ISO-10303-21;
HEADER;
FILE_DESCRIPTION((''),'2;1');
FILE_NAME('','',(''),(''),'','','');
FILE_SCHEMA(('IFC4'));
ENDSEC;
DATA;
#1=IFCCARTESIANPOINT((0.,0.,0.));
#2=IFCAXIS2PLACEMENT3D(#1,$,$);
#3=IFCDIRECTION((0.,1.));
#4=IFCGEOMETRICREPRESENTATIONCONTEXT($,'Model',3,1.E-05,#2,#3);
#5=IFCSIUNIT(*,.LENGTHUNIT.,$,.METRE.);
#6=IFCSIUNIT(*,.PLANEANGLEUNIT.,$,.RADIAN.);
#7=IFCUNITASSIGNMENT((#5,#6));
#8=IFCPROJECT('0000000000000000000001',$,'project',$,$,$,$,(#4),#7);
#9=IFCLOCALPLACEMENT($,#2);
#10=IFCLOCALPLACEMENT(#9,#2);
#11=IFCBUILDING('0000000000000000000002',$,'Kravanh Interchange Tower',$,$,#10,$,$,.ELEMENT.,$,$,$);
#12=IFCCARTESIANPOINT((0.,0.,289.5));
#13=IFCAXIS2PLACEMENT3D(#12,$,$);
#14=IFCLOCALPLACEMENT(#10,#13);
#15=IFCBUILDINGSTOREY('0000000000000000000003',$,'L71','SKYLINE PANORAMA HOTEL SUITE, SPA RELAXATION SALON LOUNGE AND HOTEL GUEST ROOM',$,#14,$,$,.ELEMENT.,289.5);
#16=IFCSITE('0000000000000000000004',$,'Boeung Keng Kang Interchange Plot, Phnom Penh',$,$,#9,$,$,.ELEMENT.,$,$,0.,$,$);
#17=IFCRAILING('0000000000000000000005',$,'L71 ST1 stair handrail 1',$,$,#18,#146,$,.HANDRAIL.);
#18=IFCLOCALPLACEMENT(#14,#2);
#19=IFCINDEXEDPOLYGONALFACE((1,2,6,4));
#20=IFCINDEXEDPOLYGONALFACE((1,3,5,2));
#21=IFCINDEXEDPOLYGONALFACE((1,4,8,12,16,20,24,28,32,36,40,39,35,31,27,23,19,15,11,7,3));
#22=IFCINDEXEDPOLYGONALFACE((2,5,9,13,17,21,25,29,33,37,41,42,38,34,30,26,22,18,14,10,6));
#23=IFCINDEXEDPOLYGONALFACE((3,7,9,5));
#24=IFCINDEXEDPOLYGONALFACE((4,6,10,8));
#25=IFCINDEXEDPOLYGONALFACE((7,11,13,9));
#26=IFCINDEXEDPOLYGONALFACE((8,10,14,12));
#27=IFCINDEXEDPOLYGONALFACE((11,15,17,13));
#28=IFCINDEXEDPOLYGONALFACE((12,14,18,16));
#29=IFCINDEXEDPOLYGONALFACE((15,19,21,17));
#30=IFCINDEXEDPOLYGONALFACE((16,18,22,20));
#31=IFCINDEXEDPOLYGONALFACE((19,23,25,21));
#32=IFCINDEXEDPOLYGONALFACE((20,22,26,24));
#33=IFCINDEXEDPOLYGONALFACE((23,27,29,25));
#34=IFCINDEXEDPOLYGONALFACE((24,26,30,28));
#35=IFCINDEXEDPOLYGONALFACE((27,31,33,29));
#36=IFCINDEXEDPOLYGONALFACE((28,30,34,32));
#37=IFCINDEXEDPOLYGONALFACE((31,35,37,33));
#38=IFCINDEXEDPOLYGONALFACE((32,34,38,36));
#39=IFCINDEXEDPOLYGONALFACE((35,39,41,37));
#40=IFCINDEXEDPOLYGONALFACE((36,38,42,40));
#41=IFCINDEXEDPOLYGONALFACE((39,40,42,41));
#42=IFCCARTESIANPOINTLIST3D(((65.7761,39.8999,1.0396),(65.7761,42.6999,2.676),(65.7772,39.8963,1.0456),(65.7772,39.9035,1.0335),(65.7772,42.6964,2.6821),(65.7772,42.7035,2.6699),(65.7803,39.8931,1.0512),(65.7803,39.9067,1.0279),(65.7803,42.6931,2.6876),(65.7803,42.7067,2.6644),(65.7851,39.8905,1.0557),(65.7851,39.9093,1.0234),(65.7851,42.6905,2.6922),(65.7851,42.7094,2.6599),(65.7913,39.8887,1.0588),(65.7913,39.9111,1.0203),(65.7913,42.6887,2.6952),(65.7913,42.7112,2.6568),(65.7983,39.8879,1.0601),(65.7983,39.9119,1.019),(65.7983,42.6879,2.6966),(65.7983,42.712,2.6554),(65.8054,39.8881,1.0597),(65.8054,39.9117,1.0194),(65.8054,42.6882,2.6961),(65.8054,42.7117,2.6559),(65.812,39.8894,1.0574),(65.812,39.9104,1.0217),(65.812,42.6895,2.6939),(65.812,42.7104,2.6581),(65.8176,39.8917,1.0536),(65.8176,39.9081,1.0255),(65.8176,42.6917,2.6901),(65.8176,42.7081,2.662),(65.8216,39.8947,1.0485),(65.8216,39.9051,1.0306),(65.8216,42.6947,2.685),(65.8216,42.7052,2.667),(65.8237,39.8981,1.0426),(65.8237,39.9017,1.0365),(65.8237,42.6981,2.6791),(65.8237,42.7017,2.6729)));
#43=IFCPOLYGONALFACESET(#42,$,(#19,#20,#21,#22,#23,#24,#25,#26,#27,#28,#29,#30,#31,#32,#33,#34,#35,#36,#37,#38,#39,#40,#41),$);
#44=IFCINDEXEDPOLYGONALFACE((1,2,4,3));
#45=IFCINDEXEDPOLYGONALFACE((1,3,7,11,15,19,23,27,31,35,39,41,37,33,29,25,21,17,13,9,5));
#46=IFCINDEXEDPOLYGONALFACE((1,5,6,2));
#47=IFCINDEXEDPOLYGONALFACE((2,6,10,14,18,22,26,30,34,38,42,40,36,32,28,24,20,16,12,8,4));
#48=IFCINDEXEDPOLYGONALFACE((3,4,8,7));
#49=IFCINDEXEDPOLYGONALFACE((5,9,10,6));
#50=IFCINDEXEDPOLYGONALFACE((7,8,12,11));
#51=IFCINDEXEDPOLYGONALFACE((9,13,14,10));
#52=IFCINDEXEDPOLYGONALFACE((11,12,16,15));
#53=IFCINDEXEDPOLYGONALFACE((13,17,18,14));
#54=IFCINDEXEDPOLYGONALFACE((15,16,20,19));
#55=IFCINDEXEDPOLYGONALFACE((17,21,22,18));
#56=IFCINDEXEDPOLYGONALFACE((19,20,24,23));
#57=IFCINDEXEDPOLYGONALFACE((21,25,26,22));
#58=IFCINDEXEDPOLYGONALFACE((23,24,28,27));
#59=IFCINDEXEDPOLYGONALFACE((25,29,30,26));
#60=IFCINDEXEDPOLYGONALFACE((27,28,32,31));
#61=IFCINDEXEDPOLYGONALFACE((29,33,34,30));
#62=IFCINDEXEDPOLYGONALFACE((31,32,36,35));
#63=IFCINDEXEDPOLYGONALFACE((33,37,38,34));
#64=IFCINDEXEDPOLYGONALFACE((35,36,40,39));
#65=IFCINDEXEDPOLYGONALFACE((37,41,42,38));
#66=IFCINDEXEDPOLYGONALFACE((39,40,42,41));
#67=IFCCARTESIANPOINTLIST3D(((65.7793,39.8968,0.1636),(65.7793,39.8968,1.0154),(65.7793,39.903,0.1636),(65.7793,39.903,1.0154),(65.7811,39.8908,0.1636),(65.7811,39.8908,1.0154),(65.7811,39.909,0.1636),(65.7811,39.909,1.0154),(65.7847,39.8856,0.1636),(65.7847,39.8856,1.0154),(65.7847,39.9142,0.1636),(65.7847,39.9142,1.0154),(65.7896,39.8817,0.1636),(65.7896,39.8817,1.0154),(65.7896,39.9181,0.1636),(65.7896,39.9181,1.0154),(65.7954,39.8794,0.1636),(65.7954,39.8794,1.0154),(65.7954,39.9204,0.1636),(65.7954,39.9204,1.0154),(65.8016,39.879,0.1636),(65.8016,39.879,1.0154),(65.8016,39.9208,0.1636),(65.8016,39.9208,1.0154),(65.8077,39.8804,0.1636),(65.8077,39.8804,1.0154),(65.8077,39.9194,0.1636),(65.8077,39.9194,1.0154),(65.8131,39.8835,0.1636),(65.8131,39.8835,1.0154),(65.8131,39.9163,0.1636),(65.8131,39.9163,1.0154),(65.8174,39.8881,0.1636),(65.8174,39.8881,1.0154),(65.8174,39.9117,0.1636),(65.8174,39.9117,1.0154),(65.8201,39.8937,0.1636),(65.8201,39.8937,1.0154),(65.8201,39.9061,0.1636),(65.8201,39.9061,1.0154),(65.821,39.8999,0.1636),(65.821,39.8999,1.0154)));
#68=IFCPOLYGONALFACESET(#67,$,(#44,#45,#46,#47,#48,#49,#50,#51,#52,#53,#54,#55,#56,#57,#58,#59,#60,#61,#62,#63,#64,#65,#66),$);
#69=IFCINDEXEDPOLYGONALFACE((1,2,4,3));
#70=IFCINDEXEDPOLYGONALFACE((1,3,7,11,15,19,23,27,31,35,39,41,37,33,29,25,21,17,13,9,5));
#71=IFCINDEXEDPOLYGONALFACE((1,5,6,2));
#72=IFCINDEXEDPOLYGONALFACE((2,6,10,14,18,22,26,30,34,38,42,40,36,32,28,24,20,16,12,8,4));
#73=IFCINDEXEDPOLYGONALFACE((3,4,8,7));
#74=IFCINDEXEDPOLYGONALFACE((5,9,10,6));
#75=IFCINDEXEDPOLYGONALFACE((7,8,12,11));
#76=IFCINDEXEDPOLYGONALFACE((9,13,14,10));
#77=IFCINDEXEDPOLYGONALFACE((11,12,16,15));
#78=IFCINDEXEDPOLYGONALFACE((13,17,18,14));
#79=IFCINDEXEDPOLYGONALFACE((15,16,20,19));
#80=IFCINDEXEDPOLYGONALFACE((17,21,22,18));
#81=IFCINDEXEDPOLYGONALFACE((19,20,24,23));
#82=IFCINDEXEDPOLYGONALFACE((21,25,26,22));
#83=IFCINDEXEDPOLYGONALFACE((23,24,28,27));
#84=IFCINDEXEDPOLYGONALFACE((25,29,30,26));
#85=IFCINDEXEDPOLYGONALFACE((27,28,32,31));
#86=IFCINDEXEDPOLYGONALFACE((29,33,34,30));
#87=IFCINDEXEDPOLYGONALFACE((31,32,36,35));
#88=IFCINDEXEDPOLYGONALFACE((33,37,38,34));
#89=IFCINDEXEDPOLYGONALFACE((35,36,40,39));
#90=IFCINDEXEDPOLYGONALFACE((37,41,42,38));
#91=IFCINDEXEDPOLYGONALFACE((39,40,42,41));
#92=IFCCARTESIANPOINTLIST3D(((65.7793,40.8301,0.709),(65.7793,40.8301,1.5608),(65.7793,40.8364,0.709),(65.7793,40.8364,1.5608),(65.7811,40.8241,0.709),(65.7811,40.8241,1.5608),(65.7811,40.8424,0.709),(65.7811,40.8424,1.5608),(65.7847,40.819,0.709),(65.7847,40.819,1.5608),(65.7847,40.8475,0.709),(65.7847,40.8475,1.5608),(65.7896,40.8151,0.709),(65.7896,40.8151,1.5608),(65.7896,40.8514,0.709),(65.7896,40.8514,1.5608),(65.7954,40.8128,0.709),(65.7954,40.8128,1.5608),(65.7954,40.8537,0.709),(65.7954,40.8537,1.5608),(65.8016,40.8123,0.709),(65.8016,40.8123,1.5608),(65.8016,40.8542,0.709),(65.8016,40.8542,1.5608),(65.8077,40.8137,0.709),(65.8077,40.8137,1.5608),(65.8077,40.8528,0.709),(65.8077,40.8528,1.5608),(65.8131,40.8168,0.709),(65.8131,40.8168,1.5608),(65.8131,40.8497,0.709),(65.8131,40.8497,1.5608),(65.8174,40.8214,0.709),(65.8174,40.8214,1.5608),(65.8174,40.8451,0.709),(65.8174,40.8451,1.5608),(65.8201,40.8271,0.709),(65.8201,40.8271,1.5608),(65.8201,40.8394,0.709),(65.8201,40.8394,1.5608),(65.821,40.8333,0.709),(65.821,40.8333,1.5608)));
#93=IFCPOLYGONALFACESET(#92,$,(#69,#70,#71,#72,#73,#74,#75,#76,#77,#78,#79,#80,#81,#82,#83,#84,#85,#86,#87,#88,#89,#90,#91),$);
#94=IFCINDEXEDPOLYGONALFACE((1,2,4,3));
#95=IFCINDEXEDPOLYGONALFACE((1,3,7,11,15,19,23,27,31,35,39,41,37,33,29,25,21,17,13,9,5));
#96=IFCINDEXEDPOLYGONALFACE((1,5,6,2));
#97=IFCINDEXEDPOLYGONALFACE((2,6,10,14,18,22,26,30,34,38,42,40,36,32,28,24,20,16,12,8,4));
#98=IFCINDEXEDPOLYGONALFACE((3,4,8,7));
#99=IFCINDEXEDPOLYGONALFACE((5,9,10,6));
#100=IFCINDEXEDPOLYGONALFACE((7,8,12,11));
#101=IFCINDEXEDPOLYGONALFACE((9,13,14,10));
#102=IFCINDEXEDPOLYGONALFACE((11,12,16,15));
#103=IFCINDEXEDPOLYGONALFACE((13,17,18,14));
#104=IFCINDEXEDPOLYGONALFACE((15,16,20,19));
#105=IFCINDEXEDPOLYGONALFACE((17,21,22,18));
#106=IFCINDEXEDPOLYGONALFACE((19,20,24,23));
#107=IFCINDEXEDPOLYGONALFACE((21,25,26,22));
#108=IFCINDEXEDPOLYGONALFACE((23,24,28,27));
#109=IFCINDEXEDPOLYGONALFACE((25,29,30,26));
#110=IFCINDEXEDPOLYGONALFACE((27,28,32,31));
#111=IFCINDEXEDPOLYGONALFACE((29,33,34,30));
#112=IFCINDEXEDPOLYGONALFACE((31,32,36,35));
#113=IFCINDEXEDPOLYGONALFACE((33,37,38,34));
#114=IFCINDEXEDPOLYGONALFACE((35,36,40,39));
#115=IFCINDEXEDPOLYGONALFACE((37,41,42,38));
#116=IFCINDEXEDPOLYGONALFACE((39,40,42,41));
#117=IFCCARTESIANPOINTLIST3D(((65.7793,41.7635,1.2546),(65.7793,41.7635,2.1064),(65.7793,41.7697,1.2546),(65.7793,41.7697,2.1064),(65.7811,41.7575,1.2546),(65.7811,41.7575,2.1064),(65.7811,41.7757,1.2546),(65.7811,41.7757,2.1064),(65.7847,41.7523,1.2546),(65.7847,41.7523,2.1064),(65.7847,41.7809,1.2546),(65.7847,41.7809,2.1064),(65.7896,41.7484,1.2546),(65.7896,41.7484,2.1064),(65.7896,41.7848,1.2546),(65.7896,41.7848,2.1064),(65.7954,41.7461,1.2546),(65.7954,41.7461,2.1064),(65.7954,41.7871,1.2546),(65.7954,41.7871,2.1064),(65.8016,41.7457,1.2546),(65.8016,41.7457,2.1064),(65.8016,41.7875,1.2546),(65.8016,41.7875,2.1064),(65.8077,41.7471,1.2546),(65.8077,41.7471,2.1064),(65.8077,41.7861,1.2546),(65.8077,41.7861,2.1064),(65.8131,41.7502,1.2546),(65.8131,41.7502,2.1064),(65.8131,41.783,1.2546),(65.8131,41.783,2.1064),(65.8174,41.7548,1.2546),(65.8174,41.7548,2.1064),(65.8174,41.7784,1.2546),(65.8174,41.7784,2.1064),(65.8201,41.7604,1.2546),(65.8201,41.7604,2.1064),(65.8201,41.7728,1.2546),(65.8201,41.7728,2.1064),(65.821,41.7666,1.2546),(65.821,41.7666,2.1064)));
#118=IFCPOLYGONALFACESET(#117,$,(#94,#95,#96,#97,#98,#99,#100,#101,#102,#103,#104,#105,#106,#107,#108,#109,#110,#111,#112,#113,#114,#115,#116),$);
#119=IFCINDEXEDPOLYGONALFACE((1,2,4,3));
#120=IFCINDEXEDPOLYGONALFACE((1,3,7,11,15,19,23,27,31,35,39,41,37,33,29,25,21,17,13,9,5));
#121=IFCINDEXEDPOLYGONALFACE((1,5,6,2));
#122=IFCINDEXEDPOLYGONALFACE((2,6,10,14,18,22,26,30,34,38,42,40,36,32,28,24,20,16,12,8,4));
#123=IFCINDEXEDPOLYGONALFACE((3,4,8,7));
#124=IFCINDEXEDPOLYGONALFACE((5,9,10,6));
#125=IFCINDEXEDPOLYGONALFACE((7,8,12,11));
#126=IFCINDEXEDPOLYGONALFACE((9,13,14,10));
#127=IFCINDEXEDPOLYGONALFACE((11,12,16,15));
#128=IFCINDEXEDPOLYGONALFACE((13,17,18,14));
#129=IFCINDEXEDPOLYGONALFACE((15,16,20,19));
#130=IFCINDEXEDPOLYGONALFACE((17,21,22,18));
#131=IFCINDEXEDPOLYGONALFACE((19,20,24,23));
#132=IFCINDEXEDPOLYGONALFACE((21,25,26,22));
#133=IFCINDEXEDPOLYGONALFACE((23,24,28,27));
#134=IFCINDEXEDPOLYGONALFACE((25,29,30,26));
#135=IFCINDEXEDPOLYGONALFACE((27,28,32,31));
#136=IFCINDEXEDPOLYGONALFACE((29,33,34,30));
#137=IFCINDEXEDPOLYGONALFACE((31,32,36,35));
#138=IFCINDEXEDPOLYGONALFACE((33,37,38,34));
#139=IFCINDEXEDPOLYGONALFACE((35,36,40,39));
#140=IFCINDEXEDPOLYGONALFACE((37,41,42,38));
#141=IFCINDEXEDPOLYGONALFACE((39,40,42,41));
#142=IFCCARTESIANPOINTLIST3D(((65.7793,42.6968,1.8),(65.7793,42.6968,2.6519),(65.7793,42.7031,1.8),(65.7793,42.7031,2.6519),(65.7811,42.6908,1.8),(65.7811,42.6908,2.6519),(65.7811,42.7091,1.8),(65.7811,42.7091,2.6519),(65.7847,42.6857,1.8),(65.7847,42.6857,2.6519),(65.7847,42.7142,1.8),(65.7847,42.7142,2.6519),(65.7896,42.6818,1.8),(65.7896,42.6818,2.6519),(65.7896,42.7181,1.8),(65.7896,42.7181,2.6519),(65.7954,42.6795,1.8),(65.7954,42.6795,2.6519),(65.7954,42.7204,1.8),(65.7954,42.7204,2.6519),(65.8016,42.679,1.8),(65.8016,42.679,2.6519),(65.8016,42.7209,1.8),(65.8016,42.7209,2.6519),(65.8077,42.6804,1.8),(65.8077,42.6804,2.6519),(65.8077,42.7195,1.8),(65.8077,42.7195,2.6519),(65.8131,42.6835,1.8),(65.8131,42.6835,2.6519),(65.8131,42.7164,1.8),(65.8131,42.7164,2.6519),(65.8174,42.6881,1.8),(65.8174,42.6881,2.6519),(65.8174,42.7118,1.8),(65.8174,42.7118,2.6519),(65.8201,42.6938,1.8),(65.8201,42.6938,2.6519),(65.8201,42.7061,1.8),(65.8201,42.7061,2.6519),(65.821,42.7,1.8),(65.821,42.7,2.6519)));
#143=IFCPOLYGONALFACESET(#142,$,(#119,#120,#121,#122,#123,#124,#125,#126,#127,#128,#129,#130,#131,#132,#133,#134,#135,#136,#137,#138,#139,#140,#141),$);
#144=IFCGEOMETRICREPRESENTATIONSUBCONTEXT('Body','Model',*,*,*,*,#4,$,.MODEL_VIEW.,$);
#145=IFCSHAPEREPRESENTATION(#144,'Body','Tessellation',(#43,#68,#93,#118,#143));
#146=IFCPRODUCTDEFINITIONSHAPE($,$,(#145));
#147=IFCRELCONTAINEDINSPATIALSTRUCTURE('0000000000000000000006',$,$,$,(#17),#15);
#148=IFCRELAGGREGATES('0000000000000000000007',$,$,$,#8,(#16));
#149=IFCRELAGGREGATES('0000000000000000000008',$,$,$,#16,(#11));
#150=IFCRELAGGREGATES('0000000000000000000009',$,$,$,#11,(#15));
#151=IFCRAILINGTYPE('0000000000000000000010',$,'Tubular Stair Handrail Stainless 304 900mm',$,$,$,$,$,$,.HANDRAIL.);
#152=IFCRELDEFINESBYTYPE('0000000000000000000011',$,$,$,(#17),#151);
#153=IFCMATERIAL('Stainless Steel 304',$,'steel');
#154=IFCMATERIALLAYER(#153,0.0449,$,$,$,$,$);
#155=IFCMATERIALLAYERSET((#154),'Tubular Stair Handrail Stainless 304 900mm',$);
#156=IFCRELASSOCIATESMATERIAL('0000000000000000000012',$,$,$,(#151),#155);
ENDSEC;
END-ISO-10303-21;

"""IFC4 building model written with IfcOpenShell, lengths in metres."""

from ifc_helpers import new_model, si_unit, direction, frame, origin, origin_2d, place, context, subcontext, project, spatial, circle, extrude, material, layer, layer_set, type_object, element, save


model = new_model("IFC4")

# Units and contexts
model_context = context("Model", 3, precision=1e-05, world=origin(), true_north=direction((0.0, 1.0)))
body_context = subcontext(model_context, "Body", "Model", "MODEL_VIEW")
ifc_project = project(units=[si_unit("LENGTHUNIT", "METRE"), si_unit("PLANEANGLEUNIT", "RADIAN")], contexts=[model_context])

# Site, building, storey
site_placement = place(None, origin())
site = spatial("IfcSite", under=ifc_project, at=site_placement, Name="Boeung Keng Kang Interchange Plot, Phnom Penh", CompositionType="ELEMENT", RefElevation=0.0)
building_placement = place(site_placement, origin())
building = spatial("IfcBuilding", under=site, at=building_placement, Name="Kravanh Interchange Tower", CompositionType="ELEMENT")
storey_placement = place(building_placement, frame((0.0, 0.0, 289.5)))
storey = spatial("IfcBuildingStorey", under=building, at=storey_placement, Name="L71", Description="SKYLINE PANORAMA HOTEL SUITE, SPA RELAXATION SALON LOUNGE AND HOTEL GUEST ROOM", CompositionType="ELEMENT", Elevation=289.5)

# Railing
ifc_material_1 = material(Name="Stainless Steel 304", Category="steel")
ifc_layer_1 = layer(ifc_material_1, 0.0449)
ifc_layer_set_1 = layer_set([ifc_layer_1], Name="Tubular Stair Handrail Stainless 304 900mm")
railing_type_1 = type_object("IfcRailingType", Name="Tubular Stair Handrail Stainless 304 900mm", PredefinedType="HANDRAIL", material=ifc_layer_set_1)
railing_1_placement = place(storey_placement, frame((65.8, 39.8999, 0.1636)))
element("IfcRailing", 1, at=railing_1_placement, inside=storey, type_object=railing_type_1, Name="L71 ST1 stair handrail 1", PredefinedType="HANDRAIL", context=body_context, shape_type="SweptSolid", body=[
    extrude(circle(Radius=0.0239, at=origin_2d()), frame((0.0, 0.0, 0.876), z_axis=(0.0, 0.863361, 0.504587), x_axis=(-1.0, 0.0, 0.0)), (0.0, 0.0, 1.0), 3.2432),
    extrude(circle(Radius=0.021, at=origin_2d()), origin(), (0.0, 0.0, 1.0), 0.8518),
    extrude(circle(Radius=0.021, at=origin_2d()), frame((0.0, 0.9333, 0.5454)), (0.0, 0.0, 1.0), 0.8518),
    extrude(circle(Radius=0.021, at=origin_2d()), frame((0.0, 1.8667, 1.0911)), (0.0, 0.0, 1.0), 0.8518),
    extrude(circle(Radius=0.021, at=origin_2d()), frame((0.0, 2.8, 1.6365)), (0.0, 0.0, 1.0), 0.8518),
])

save(model, "model.ifc")
